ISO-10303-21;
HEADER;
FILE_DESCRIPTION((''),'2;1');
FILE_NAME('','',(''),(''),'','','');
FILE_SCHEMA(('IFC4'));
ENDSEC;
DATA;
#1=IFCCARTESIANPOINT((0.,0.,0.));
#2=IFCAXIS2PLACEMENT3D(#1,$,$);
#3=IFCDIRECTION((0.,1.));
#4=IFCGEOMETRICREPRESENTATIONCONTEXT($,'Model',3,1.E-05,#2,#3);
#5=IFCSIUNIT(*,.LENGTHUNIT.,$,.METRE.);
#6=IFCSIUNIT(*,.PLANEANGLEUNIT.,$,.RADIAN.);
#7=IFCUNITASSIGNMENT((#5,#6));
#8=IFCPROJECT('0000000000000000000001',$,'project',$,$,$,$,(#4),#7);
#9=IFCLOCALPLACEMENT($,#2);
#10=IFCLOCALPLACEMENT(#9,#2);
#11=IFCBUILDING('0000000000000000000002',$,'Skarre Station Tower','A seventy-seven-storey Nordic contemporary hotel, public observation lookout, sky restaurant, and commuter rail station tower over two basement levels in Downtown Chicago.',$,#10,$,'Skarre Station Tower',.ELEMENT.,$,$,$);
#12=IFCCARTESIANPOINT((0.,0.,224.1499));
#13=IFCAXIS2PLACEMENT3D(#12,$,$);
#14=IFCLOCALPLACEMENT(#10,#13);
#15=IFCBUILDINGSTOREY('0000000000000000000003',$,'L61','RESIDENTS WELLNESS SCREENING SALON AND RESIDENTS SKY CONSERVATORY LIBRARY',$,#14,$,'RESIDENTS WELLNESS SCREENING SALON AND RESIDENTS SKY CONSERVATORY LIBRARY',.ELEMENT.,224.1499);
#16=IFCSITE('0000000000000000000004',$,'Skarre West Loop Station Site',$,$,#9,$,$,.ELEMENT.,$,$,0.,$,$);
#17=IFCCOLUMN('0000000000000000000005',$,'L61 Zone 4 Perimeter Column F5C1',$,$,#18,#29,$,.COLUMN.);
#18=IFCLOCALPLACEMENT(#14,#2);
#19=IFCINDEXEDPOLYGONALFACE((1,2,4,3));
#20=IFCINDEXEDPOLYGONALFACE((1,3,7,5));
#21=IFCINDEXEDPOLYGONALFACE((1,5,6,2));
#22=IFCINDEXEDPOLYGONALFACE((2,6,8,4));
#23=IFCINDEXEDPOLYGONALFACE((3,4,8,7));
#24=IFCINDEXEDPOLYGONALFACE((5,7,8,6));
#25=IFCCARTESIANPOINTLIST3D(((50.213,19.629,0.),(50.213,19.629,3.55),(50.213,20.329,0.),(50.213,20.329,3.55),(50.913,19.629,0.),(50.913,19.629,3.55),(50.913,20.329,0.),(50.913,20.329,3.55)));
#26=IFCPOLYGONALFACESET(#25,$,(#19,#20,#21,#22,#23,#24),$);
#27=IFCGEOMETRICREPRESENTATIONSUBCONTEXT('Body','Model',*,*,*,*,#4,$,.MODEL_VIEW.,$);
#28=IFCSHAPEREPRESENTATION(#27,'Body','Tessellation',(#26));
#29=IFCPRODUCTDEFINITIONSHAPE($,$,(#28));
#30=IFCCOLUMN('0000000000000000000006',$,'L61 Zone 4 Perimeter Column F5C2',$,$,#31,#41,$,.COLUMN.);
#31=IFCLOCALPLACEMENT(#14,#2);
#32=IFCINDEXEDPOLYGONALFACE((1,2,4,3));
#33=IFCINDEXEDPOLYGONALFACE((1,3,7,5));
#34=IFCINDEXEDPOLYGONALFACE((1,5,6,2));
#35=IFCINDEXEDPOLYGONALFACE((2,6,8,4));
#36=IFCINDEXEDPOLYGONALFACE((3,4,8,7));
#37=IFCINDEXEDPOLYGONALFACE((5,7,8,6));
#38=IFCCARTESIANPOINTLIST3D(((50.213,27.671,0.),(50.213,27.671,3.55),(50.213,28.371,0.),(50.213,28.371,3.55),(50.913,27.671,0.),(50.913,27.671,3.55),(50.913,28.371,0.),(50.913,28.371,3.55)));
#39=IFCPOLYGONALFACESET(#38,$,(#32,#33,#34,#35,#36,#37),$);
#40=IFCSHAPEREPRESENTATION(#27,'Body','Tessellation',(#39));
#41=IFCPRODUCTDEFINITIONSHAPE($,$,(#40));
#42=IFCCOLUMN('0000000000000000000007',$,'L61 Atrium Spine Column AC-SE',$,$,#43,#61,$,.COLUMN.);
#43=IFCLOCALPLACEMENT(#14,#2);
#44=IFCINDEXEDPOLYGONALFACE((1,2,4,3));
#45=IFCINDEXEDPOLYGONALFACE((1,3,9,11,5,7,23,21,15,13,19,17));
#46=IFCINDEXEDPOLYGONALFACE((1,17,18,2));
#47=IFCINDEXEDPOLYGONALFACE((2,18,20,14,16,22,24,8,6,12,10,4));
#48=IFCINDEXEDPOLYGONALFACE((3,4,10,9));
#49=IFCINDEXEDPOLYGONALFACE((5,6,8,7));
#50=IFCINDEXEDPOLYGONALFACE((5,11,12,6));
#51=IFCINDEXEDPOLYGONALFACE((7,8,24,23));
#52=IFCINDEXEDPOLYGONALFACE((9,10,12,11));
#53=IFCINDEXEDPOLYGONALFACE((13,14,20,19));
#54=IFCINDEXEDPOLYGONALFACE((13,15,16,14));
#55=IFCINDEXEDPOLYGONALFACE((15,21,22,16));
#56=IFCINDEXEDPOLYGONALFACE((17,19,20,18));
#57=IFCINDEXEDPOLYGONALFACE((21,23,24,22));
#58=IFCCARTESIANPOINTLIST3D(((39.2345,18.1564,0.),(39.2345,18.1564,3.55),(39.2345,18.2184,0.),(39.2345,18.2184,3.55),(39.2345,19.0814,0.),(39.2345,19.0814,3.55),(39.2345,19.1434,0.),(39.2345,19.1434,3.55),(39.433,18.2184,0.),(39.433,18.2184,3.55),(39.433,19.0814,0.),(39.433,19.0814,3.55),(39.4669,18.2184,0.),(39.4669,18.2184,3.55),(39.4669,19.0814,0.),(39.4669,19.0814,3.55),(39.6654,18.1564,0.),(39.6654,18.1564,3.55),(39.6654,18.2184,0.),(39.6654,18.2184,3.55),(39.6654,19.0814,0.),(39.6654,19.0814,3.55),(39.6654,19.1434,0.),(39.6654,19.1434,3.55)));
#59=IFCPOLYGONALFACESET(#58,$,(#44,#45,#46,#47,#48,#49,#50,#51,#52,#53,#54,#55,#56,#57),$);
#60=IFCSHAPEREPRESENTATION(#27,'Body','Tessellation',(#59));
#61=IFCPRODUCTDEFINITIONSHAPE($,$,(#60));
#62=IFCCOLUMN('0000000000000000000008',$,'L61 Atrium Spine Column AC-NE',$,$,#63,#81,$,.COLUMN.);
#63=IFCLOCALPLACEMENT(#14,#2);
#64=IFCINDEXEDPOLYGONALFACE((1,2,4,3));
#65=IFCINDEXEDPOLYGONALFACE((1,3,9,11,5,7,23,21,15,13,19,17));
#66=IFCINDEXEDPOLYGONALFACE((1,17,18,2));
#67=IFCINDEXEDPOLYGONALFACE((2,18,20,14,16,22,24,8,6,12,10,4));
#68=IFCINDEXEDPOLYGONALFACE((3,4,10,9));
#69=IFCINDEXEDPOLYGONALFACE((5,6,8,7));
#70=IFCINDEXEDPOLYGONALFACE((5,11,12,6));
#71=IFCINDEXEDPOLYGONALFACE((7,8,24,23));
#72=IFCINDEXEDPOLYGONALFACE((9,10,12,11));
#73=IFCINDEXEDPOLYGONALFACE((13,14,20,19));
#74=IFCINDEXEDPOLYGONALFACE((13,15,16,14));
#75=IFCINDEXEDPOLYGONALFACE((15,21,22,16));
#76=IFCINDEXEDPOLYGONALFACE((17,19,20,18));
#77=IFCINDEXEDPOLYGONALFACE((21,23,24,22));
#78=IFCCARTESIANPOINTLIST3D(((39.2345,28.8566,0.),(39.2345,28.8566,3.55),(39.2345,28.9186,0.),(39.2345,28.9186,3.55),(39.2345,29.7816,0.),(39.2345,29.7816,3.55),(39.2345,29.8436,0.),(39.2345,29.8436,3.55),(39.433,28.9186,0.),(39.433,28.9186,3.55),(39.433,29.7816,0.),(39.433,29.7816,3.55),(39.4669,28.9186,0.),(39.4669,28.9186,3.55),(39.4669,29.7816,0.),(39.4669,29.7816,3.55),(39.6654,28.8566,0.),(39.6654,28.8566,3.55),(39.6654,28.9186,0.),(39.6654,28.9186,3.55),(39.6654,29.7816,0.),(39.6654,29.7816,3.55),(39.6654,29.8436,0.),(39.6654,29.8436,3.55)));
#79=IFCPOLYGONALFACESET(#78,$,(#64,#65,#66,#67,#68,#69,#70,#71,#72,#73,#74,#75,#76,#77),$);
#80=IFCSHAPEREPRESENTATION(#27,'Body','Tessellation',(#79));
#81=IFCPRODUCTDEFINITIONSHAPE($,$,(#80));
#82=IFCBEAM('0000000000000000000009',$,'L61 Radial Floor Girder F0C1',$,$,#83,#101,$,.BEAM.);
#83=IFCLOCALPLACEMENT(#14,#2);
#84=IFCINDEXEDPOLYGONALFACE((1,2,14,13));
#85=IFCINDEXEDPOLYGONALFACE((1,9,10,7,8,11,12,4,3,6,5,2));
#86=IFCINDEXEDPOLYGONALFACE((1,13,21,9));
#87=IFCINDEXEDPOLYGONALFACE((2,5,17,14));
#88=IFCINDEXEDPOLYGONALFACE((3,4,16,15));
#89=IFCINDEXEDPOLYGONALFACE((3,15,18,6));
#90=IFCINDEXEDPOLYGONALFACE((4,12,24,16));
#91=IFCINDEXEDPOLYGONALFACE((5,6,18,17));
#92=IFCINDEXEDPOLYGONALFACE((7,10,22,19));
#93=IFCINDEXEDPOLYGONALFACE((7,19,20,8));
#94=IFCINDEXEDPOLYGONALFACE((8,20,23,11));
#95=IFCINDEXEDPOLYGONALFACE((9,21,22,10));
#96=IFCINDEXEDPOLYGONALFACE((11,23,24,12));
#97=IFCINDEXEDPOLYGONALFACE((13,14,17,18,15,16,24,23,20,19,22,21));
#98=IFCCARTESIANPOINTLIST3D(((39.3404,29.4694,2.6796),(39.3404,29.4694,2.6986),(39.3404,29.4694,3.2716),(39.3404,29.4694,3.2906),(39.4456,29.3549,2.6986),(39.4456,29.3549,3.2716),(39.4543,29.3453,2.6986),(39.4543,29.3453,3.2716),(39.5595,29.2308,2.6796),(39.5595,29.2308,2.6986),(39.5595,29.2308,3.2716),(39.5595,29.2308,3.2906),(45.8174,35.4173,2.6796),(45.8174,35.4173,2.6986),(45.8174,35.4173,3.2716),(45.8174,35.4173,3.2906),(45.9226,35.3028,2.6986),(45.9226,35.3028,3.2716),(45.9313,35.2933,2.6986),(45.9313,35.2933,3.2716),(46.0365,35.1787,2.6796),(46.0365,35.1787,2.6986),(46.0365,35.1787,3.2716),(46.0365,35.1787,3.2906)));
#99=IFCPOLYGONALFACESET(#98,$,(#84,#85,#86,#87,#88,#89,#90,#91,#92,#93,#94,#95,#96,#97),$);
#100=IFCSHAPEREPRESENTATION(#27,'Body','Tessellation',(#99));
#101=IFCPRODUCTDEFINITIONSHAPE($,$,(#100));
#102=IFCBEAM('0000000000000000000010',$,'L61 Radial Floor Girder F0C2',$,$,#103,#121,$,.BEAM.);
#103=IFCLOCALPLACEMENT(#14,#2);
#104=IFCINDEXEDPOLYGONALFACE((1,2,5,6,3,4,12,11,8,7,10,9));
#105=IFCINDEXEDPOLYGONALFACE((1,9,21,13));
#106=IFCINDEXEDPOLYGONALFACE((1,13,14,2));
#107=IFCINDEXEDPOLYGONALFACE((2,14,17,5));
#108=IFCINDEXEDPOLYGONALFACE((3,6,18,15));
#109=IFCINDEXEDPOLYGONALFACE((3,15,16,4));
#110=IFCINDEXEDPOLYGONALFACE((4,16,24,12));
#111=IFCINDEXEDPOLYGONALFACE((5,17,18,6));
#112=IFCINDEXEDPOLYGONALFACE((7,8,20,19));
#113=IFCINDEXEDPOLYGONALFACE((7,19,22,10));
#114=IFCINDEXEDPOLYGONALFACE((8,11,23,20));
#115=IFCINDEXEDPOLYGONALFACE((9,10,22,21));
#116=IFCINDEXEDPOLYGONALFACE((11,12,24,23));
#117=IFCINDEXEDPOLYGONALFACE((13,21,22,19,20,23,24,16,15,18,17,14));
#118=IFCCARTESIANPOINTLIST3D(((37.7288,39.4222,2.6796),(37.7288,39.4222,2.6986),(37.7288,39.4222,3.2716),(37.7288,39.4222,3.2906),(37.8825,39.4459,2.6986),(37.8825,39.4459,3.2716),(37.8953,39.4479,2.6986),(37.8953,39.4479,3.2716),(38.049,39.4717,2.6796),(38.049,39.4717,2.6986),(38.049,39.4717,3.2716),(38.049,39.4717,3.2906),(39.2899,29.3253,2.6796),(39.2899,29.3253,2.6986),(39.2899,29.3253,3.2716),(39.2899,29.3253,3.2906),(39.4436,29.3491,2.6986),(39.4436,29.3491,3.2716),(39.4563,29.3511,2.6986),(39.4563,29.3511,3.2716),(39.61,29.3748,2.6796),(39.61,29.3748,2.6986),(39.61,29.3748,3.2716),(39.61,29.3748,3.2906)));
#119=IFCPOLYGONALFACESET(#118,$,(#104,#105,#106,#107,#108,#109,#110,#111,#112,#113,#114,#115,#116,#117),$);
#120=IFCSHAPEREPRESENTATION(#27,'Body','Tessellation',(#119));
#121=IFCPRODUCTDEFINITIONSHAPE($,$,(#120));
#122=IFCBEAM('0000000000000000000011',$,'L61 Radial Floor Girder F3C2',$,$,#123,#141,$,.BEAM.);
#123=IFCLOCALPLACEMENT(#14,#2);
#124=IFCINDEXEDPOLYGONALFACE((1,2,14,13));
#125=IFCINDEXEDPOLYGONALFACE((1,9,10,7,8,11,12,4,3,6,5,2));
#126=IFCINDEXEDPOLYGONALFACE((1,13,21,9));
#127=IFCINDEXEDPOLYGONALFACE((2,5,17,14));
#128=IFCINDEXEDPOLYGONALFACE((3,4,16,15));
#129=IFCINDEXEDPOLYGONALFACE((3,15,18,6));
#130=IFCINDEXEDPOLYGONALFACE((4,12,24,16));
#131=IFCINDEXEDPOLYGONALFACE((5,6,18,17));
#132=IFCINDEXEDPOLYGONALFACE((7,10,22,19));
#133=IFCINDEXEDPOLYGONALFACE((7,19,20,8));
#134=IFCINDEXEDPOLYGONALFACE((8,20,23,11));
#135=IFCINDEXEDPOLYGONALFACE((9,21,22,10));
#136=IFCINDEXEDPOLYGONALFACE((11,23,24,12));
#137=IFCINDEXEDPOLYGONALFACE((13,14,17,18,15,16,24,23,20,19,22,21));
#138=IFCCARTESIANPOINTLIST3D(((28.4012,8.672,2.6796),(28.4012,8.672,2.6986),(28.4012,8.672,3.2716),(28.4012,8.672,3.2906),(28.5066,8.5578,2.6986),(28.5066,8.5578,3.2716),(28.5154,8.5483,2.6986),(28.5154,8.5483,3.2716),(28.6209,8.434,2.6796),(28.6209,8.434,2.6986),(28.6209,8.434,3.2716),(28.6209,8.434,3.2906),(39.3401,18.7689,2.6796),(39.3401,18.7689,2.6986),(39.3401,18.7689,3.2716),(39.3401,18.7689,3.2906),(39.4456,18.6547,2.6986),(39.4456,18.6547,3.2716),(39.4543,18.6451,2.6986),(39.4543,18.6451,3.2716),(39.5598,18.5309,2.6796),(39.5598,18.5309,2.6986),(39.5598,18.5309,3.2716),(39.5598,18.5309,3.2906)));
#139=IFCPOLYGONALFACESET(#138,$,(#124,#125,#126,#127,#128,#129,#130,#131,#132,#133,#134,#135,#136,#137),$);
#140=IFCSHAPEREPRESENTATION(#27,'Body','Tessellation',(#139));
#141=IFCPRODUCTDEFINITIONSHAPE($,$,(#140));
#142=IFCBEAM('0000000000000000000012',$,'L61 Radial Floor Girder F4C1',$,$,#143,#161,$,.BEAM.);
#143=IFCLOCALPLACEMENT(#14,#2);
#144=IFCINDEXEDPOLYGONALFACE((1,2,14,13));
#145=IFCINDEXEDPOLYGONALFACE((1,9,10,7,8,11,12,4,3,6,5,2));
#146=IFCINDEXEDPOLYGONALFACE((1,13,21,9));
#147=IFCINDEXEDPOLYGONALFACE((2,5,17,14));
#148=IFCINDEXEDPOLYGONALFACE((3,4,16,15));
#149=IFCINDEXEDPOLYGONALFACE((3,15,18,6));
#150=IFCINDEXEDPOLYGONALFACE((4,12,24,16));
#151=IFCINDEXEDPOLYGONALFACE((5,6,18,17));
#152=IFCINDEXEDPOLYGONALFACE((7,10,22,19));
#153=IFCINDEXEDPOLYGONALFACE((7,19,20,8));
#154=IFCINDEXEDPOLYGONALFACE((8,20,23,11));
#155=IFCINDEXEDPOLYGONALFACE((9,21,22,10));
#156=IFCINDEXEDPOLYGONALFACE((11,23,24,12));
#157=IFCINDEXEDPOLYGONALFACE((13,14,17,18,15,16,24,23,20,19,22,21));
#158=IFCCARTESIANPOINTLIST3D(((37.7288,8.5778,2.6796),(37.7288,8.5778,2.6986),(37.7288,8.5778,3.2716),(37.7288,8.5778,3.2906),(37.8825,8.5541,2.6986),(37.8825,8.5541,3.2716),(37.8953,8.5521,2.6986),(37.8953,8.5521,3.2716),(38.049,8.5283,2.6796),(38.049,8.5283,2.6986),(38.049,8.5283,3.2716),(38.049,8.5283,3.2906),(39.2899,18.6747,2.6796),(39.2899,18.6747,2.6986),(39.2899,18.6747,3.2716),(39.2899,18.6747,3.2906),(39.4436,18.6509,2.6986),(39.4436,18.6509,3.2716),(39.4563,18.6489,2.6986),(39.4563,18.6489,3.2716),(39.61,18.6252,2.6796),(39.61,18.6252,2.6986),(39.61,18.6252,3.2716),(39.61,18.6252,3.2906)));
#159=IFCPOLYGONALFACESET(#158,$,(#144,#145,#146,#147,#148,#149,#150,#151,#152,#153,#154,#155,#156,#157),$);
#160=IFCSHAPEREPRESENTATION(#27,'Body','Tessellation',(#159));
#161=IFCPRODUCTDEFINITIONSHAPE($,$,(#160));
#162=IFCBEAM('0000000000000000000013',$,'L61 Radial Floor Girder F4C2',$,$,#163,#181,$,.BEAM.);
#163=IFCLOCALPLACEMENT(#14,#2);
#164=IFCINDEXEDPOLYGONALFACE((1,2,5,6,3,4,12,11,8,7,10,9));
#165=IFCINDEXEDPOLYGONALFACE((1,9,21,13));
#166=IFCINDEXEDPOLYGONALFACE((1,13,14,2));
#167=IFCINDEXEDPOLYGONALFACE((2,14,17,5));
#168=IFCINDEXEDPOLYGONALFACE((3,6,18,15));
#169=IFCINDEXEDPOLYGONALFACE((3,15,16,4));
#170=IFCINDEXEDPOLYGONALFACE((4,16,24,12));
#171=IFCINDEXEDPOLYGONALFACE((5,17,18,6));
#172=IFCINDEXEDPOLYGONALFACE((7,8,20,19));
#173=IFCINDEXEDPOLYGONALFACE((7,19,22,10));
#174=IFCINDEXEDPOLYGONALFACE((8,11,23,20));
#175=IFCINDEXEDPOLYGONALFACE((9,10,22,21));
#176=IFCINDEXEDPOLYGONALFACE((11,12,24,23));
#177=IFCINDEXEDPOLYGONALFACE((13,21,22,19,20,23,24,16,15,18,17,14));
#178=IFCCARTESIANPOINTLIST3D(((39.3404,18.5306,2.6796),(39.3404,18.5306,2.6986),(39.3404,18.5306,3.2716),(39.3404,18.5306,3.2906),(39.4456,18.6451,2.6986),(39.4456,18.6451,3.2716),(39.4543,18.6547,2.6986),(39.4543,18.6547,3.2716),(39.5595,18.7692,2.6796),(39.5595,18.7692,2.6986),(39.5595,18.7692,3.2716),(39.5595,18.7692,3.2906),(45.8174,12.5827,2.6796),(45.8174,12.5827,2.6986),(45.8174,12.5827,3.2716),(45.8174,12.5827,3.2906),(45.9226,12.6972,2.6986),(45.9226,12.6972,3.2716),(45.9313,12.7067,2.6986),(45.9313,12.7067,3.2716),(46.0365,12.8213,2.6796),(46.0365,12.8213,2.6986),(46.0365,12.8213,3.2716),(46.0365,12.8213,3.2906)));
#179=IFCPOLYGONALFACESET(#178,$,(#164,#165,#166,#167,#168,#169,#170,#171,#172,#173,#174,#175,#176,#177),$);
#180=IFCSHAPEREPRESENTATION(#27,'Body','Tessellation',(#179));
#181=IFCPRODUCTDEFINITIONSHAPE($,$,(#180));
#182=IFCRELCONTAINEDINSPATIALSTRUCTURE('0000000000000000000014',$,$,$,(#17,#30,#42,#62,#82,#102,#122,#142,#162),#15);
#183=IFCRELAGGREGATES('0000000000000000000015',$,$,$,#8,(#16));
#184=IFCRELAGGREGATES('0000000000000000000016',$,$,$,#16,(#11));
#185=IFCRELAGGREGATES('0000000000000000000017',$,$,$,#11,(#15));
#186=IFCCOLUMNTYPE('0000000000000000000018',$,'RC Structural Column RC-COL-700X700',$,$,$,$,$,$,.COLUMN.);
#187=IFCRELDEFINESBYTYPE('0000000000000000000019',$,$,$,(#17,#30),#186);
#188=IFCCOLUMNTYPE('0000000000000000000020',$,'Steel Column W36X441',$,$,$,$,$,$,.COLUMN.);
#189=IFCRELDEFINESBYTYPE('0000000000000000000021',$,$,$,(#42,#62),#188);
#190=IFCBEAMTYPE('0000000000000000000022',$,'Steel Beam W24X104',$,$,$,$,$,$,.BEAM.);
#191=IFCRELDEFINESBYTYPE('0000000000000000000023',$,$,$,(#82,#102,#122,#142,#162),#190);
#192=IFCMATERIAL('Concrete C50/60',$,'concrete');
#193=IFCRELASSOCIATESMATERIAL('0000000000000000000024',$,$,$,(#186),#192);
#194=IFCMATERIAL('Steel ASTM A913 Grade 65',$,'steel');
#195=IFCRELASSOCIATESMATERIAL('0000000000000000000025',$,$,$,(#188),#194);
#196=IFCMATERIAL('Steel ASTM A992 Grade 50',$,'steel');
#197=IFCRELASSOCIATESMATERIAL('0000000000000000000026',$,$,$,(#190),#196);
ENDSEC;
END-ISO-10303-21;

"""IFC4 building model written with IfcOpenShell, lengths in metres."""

from ifc_helpers import new_model, si_unit, direction, frame, origin, origin_2d, place, context, subcontext, project, spatial, rectangle, i_section, extrude, material, material_profile, profile_set, type_object, element, save


model = new_model("IFC4")

# Units and contexts
model_context = context("Model", 3, precision=1e-05, world=origin(), true_north=direction((0.0, 1.0)))
body_context = subcontext(model_context, "Body", "Model", "MODEL_VIEW")
ifc_project = project(units=[si_unit("LENGTHUNIT", "METRE"), si_unit("PLANEANGLEUNIT", "RADIAN")], contexts=[model_context])

# Site, building, storey
site_placement = place(None, origin())
site = spatial("IfcSite", under=ifc_project, at=site_placement, Name="Skarre West Loop Station Site", CompositionType="ELEMENT", RefElevation=0.0)
building_placement = place(site_placement, origin())
building = spatial("IfcBuilding", under=site, at=building_placement, Name="Skarre Station Tower", Description="A seventy-seven-storey Nordic contemporary hotel, public observation lookout, sky restaurant, and commuter rail station tower over two basement levels in Downtown Chicago.", LongName="Skarre Station Tower", CompositionType="ELEMENT")
storey_placement = place(building_placement, frame((0.0, 0.0, 224.1499)))
storey = spatial("IfcBuildingStorey", under=building, at=storey_placement, Name="L61", Description="RESIDENTS WELLNESS SCREENING SALON AND RESIDENTS SKY CONSERVATORY LIBRARY", LongName="RESIDENTS WELLNESS SCREENING SALON AND RESIDENTS SKY CONSERVATORY LIBRARY", CompositionType="ELEMENT", Elevation=224.1499)

# Columns
ifc_material_1 = material(Name="Concrete C50/60", Category="concrete")
ifc_material_profile_1 = material_profile(ifc_material_1, rectangle(XDim=0.7, YDim=0.7, at=origin_2d()), Name="Concrete C50/60")
ifc_profile_set_1 = profile_set([ifc_material_profile_1], Name="Concrete C50/60")
column_type_1 = type_object("IfcColumnType", Name="RC Structural Column RC-COL-700X700", PredefinedType="COLUMN", material=ifc_profile_set_1)
for number, where, z_axis, x_axis, name in (
    (1, (50.563, 19.979, 0.0), (0.0, 0.0, 1.0), (1.0, 0.0, 0.0), "L61 Zone 4 Perimeter Column F5C1"),
    (2, (50.563, 28.021, 0.0), (0.0, 0.0, 1.0), (1.0, 0.0, 0.0), "L61 Zone 4 Perimeter Column F5C2"),
):
    element("IfcColumn", number, at=place(storey_placement, frame(where, z_axis=z_axis, x_axis=x_axis)), inside=storey, type_object=column_type_1, Name=name, PredefinedType="COLUMN", context=body_context, shape_type="SweptSolid", body=[
        extrude(rectangle(XDim=0.7, YDim=0.7, at=origin_2d()), origin(), (0.0, 0.0, 1.0), 3.55),
    ])
ifc_material_2 = material(Name="Steel ASTM A913 Grade 65", Category="steel")
ifc_material_profile_2 = material_profile(ifc_material_2, i_section(OverallWidth=0.4309, OverallDepth=0.9871, WebThickness=0.0339, FlangeThickness=0.062, at=origin_2d()), Name="Steel ASTM A913 Grade 65")
ifc_profile_set_2 = profile_set([ifc_material_profile_2], Name="Steel ASTM A913 Grade 65")
column_type_2 = type_object("IfcColumnType", Name="Steel Column W36X441", PredefinedType="COLUMN", material=ifc_profile_set_2)
for number, where, z_axis, x_axis, name in (
    (3, (39.45, 18.6499, 0.0), (0.0, 0.0, 1.0), (1.0, 0.0, 0.0), "L61 Atrium Spine Column AC-SE"),
    (4, (39.45, 29.3501, 0.0), (0.0, 0.0, 1.0), (1.0, 0.0, 0.0), "L61 Atrium Spine Column AC-NE"),
):
    element("IfcColumn", number, at=place(storey_placement, frame(where, z_axis=z_axis, x_axis=x_axis)), inside=storey, type_object=column_type_2, Name=name, PredefinedType="COLUMN", context=body_context, shape_type="SweptSolid", body=[
        extrude(i_section(OverallWidth=0.4309, OverallDepth=0.9871, WebThickness=0.0339, FlangeThickness=0.062, at=origin_2d()), origin(), (0.0, 0.0, 1.0), 3.55),
    ])

# Beams
ifc_material_3 = material(Name="Steel ASTM A992 Grade 50", Category="steel")
ifc_material_profile_3 = material_profile(ifc_material_3, i_section(OverallWidth=0.324, OverallDepth=0.6111, WebThickness=0.0129, FlangeThickness=0.019, at=origin_2d()), Name="Steel ASTM A992 Grade 50")
ifc_profile_set_3 = profile_set([ifc_material_profile_3], Name="Steel ASTM A992 Grade 50")
beam_type_1 = type_object("IfcBeamType", Name="Steel Beam W24X104", PredefinedType="BEAM", material=ifc_profile_set_3)
beam_1_placement = place(storey_placement, frame((39.45, 29.3501, 2.9851), z_axis=(0.736548, 0.676386, 0.0), x_axis=(-0.676386, 0.736548, 0.0)))
element("IfcBeam", 5, at=beam_1_placement, inside=storey, type_object=beam_type_1, Name="L61 Radial Floor Girder F0C1", PredefinedType="BEAM", context=body_context, shape_type="SweptSolid", body=[
    extrude(i_section(OverallWidth=0.324, OverallDepth=0.6111, WebThickness=0.0129, FlangeThickness=0.019, at=origin_2d()), origin(), (0.0, 0.0, 1.0), 8.7937),
])
beam_2_placement = place(storey_placement, frame((39.45, 29.3501, 2.9851), z_axis=(-0.15279, 0.988259, 0.0), x_axis=(-0.988259, -0.15279, 0.0)))
element("IfcBeam", 6, at=beam_2_placement, inside=storey, type_object=beam_type_1, Name="L61 Radial Floor Girder F0C2", PredefinedType="BEAM", context=body_context, shape_type="SweptSolid", body=[
    extrude(i_section(OverallWidth=0.324, OverallDepth=0.6111, WebThickness=0.0129, FlangeThickness=0.019, at=origin_2d()), origin(), (0.0, 0.0, 1.0), 10.2168),
])
beam_3_placement = place(storey_placement, frame((39.45, 18.6499, 2.9851), z_axis=(-0.734823, -0.678259, 0.0), x_axis=(0.678259, -0.734823, 0.0)))
element("IfcBeam", 7, at=beam_3_placement, inside=storey, type_object=beam_type_1, Name="L61 Radial Floor Girder F3C2", PredefinedType="BEAM", context=body_context, shape_type="SweptSolid", body=[
    extrude(i_section(OverallWidth=0.324, OverallDepth=0.6111, WebThickness=0.0129, FlangeThickness=0.019, at=origin_2d()), origin(), (0.0, 0.0, 1.0), 14.8865),
])
beam_4_placement = place(storey_placement, frame((39.45, 18.6499, 2.9851), z_axis=(-0.15279, -0.988259, 0.0), x_axis=(0.988259, -0.15279, 0.0)))
element("IfcBeam", 8, at=beam_4_placement, inside=storey, type_object=beam_type_1, Name="L61 Radial Floor Girder F4C1", PredefinedType="BEAM", context=body_context, shape_type="SweptSolid", body=[
    extrude(i_section(OverallWidth=0.324, OverallDepth=0.6111, WebThickness=0.0129, FlangeThickness=0.019, at=origin_2d()), origin(), (0.0, 0.0, 1.0), 10.2168),
])
beam_5_placement = place(storey_placement, frame((39.45, 18.6499, 2.9851), z_axis=(0.736548, -0.676386, 0.0), x_axis=(0.676386, 0.736548, 0.0)))
element("IfcBeam", 9, at=beam_5_placement, inside=storey, type_object=beam_type_1, Name="L61 Radial Floor Girder F4C2", PredefinedType="BEAM", context=body_context, shape_type="SweptSolid", body=[
    extrude(i_section(OverallWidth=0.324, OverallDepth=0.6111, WebThickness=0.0129, FlangeThickness=0.019, at=origin_2d()), origin(), (0.0, 0.0, 1.0), 8.7937),
])

save(model, "model.ifc")
